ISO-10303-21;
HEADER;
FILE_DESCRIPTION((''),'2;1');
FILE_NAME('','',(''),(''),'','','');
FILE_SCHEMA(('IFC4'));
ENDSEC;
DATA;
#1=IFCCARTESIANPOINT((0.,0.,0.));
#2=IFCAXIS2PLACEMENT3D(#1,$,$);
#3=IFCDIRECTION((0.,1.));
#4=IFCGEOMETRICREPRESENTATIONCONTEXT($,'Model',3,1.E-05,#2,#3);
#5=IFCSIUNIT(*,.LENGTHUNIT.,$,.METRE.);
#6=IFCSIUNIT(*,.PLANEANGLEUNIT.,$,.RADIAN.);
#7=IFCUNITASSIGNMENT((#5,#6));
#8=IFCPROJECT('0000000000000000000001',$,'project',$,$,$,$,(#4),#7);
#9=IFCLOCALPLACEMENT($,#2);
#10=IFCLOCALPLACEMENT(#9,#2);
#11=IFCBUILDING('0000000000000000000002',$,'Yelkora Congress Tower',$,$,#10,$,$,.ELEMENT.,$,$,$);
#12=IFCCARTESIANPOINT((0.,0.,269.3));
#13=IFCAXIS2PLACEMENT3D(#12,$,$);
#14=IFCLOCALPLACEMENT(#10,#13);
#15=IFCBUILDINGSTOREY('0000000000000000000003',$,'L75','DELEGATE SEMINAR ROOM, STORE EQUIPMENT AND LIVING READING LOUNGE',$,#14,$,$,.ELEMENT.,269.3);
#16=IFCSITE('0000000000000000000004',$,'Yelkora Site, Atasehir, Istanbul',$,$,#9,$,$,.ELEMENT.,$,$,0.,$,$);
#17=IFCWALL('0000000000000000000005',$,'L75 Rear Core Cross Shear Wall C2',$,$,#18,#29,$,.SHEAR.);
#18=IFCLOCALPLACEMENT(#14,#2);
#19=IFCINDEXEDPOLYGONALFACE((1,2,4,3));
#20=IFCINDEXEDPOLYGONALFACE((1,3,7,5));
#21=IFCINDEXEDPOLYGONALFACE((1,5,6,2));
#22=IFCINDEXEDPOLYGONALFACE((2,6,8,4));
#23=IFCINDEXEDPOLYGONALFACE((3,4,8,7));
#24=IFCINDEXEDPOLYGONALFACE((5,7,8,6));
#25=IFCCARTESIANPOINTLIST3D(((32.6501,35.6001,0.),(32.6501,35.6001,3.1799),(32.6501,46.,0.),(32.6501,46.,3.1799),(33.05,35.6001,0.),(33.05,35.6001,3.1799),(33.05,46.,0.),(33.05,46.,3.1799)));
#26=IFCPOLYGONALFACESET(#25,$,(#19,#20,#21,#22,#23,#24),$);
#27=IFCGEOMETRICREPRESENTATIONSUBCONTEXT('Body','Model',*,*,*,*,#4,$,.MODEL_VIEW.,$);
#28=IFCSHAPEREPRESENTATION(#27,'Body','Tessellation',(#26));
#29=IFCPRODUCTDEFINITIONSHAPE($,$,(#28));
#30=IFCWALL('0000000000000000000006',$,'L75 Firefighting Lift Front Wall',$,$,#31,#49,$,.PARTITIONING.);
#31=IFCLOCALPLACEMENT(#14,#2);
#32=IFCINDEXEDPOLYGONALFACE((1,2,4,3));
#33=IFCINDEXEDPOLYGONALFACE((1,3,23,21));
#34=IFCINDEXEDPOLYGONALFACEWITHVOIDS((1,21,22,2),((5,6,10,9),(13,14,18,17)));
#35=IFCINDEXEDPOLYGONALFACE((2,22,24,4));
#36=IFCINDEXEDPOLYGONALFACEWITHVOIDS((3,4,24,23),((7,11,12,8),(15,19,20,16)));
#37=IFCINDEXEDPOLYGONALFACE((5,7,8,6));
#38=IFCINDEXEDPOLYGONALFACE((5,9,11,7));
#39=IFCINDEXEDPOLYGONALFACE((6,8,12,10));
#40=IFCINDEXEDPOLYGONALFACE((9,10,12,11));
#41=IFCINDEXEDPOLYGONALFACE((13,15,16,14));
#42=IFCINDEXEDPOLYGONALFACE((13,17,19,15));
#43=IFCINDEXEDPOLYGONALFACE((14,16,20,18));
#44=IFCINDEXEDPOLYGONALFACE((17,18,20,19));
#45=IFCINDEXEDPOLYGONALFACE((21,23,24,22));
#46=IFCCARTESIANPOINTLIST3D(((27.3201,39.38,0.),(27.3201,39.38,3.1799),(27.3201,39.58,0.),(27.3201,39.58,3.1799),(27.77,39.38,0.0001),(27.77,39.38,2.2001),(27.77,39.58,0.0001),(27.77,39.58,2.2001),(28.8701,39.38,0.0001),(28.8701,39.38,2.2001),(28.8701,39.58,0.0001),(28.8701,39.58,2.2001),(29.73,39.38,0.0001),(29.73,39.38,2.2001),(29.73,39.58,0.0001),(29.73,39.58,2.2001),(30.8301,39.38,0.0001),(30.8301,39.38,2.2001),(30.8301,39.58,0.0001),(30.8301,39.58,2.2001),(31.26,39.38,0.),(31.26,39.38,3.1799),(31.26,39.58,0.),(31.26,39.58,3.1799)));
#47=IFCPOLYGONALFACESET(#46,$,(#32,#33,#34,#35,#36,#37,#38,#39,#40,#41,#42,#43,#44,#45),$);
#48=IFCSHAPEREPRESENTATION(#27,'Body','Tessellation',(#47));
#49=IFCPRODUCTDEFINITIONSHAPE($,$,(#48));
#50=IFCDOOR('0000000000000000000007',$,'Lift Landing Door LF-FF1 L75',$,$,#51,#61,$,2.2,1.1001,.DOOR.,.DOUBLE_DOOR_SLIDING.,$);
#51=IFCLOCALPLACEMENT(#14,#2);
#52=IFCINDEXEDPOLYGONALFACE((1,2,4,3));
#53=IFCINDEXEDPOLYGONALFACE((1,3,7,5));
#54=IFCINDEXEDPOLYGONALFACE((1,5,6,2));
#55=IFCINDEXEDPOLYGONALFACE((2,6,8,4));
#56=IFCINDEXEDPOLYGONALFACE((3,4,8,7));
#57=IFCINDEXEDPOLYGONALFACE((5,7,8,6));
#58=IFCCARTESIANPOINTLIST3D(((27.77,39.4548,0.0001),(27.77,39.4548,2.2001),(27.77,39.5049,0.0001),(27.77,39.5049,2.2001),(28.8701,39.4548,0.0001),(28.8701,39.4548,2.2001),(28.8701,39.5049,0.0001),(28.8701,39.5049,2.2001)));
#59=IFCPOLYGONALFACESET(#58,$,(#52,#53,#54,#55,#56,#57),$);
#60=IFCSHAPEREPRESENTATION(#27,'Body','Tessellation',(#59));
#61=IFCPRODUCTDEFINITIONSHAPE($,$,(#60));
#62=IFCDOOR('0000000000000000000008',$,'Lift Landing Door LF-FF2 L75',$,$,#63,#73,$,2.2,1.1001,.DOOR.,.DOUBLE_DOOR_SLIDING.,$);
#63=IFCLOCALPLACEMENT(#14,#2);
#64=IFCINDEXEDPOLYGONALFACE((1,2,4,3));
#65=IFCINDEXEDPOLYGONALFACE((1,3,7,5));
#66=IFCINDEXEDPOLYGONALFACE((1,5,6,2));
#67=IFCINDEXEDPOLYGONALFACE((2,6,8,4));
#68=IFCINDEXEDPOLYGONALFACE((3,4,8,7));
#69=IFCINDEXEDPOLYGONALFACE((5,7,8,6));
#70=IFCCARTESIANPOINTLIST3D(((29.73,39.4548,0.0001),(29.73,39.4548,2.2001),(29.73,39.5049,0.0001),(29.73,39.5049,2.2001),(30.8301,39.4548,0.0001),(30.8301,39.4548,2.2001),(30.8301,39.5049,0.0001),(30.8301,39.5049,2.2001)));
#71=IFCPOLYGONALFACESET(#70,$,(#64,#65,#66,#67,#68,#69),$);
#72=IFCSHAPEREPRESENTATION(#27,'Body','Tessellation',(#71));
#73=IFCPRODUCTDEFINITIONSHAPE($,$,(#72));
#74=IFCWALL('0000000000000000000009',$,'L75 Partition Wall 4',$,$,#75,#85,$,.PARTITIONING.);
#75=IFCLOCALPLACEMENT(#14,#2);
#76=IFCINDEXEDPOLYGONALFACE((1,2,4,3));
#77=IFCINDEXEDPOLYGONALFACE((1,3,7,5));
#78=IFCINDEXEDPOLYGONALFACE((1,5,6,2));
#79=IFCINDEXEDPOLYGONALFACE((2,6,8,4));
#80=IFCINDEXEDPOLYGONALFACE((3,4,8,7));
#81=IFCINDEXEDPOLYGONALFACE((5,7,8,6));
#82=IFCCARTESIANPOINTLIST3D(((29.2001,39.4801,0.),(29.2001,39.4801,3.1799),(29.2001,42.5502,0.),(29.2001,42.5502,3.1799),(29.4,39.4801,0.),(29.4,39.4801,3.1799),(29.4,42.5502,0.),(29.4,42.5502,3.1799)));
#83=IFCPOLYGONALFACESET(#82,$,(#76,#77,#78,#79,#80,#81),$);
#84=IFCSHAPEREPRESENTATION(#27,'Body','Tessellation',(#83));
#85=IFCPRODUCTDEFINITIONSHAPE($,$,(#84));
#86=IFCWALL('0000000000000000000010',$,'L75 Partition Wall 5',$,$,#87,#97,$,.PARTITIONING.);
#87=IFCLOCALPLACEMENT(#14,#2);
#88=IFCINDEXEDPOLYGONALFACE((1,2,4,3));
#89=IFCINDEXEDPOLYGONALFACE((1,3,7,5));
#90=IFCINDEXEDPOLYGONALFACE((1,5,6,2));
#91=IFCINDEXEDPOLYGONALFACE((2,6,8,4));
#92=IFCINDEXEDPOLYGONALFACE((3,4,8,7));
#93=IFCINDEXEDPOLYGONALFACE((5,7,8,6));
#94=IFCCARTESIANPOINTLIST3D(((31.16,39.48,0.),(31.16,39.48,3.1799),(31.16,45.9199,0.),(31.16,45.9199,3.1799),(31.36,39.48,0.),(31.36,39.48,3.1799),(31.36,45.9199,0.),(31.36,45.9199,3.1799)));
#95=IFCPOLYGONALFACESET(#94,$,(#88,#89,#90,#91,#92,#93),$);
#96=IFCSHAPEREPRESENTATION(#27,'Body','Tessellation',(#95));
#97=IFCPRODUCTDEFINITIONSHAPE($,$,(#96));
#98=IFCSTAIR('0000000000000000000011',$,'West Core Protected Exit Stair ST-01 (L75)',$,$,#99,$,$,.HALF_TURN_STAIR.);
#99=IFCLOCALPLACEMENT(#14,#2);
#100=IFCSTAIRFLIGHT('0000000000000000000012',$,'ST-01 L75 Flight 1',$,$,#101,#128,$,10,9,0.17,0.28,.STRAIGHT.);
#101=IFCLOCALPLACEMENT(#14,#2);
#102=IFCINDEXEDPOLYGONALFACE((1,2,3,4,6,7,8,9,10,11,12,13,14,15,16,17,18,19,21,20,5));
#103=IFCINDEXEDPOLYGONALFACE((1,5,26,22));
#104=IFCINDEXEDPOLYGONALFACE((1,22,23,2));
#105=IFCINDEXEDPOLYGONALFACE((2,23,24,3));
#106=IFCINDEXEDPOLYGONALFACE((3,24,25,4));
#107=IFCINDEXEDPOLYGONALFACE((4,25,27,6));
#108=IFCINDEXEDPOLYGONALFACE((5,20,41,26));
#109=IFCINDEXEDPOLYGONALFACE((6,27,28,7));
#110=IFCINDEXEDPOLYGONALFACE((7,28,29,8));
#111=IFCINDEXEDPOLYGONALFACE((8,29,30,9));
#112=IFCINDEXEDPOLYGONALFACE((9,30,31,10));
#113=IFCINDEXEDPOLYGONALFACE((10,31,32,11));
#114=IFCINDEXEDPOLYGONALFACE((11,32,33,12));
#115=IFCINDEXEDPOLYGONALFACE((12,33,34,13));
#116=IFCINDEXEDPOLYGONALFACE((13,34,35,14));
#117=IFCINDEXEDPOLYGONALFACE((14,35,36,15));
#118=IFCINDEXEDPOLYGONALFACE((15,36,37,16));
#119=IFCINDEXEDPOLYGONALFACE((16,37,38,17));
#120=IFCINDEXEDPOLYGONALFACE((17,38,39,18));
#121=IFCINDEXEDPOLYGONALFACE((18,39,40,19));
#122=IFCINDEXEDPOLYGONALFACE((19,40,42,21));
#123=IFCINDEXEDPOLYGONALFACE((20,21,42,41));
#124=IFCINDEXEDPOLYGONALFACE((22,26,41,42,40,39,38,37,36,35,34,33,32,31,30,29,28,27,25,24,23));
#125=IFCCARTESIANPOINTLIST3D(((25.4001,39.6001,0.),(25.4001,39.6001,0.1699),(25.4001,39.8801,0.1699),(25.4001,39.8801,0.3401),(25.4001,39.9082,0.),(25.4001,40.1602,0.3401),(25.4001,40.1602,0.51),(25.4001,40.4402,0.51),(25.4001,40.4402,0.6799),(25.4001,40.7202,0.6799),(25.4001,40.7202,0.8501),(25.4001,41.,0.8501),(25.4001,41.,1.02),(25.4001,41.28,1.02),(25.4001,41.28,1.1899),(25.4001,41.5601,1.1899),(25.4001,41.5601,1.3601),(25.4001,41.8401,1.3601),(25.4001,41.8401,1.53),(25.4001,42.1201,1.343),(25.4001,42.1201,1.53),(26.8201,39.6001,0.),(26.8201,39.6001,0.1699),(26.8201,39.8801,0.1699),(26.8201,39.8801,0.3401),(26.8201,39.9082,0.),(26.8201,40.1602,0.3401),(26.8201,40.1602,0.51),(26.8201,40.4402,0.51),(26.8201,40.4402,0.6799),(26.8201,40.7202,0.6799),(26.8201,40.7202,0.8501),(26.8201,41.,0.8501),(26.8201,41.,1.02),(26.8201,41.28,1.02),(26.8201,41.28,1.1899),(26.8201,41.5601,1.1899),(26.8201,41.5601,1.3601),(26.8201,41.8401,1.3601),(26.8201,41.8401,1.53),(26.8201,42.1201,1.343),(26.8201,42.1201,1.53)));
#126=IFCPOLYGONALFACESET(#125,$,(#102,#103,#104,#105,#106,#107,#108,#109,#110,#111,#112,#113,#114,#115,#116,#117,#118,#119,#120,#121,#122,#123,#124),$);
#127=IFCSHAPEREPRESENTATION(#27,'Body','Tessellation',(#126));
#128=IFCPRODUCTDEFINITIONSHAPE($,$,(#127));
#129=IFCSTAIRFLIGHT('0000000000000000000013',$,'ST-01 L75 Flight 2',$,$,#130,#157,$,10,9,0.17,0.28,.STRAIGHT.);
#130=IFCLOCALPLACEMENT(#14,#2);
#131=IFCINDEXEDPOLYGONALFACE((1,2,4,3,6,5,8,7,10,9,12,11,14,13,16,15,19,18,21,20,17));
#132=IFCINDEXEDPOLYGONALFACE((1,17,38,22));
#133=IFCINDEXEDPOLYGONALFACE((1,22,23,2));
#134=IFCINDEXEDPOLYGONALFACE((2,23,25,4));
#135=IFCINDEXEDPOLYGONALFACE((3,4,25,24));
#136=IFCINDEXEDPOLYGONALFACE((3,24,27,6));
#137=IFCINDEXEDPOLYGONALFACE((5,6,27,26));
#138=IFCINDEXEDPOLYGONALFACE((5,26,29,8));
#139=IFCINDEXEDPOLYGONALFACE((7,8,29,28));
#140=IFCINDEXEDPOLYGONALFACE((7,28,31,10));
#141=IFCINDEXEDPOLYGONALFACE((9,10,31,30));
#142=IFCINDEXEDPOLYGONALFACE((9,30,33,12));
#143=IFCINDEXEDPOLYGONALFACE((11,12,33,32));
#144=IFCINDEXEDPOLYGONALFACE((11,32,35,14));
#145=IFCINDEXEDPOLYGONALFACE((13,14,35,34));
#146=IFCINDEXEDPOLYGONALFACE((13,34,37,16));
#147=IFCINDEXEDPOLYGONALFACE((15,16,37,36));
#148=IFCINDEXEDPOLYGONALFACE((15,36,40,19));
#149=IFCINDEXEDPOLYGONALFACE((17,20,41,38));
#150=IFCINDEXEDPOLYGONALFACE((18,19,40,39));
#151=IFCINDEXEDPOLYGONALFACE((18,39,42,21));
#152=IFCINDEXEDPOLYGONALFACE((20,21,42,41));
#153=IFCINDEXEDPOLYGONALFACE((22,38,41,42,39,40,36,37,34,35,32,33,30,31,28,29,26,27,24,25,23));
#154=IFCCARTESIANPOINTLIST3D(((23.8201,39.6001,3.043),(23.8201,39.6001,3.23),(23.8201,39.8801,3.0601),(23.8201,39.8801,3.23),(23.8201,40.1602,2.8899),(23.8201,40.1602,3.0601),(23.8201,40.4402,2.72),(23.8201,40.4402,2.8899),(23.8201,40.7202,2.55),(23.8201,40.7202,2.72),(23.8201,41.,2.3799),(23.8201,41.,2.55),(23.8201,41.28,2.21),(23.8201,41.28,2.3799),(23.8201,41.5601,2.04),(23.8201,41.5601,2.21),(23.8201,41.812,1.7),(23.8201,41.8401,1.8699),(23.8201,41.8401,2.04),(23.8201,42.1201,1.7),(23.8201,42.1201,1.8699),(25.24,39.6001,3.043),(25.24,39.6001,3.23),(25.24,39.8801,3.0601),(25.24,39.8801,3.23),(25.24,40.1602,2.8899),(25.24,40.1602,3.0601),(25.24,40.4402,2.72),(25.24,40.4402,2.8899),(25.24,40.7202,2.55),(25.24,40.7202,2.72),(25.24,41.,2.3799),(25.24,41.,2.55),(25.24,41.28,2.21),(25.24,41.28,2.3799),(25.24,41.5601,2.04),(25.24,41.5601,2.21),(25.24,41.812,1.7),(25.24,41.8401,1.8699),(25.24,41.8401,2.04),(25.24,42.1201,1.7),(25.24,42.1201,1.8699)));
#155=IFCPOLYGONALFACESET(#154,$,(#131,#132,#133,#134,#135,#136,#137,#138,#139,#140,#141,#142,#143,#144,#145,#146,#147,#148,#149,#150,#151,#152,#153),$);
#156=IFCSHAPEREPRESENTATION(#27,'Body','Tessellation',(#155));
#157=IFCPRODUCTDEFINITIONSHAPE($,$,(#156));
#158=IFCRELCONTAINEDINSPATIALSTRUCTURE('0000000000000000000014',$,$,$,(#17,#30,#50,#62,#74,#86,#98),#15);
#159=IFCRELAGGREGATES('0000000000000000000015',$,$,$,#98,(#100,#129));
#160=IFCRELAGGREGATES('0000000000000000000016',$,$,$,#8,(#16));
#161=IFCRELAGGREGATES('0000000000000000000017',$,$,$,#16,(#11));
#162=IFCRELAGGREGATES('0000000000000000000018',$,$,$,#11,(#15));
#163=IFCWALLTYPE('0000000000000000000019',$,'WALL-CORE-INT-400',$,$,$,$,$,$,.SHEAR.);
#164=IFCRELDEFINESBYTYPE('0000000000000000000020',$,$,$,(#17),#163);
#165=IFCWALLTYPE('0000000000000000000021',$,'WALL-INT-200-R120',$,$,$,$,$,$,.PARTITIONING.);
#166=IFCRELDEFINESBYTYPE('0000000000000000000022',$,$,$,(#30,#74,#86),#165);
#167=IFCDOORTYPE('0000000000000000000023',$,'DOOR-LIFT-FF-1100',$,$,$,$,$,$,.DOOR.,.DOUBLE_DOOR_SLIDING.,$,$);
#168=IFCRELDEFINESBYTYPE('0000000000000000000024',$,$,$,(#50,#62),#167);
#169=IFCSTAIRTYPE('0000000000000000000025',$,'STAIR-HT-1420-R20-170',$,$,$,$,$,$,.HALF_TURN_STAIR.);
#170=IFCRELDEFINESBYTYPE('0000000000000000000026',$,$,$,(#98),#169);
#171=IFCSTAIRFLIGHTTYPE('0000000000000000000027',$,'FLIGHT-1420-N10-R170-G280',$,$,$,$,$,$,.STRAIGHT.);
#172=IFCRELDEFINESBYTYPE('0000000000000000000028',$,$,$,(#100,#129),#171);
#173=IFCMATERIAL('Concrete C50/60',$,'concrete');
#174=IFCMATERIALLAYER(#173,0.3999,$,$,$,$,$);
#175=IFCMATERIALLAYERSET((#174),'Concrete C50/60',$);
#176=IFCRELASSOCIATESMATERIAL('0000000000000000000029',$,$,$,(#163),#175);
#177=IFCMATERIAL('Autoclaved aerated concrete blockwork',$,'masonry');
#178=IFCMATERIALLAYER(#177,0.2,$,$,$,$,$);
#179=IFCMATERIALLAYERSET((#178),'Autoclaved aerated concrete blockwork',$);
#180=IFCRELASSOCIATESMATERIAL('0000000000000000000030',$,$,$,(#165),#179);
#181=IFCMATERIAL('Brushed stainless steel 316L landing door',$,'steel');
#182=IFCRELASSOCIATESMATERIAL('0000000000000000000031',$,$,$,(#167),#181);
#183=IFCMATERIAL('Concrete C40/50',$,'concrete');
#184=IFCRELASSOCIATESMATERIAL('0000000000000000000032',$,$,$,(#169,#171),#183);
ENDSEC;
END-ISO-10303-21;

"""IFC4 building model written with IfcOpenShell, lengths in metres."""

from ifc_helpers import new_model, si_unit, direction, frame, frame_2d, origin, place, context, subcontext, project, spatial, polyline, rectangle, outline, extrude, material, layer, layer_set, type_object, element, fill, aggregate, save


model = new_model("IFC4")

# Units and contexts
model_context = context("Model", 3, precision=1e-05, world=origin(), true_north=direction((0.0, 1.0)))
body_context = subcontext(model_context, "Body", "Model", "MODEL_VIEW")
ifc_project = project(units=[si_unit("LENGTHUNIT", "METRE"), si_unit("PLANEANGLEUNIT", "RADIAN")], contexts=[model_context])

# Site, building, storey
site_placement = place(None, origin())
site = spatial("IfcSite", under=ifc_project, at=site_placement, Name="Yelkora Site, Atasehir, Istanbul", CompositionType="ELEMENT", RefElevation=0.0)
building_placement = place(site_placement, origin())
building = spatial("IfcBuilding", under=site, at=building_placement, Name="Yelkora Congress Tower", CompositionType="ELEMENT")
storey_placement = place(building_placement, frame((0.0, 0.0, 269.3)))
storey = spatial("IfcBuildingStorey", under=building, at=storey_placement, Name="L75", Description="DELEGATE SEMINAR ROOM, STORE EQUIPMENT AND LIVING READING LOUNGE", CompositionType="ELEMENT", Elevation=269.3)

# Shared definitions
ifc_material_1 = material(Name="Concrete C50/60", Category="concrete")
ifc_layer_1 = layer(ifc_material_1, 0.3999)
ifc_layer_set_1 = layer_set([ifc_layer_1], Name="Concrete C50/60")
wall_type_1 = type_object("IfcWallType", Name="WALL-CORE-INT-400", PredefinedType="SHEAR", material=ifc_layer_set_1)

# Wall
wall_1_placement = place(storey_placement, frame((32.8501, 35.6001, 0.0), z_axis=(0.0, 0.0, 1.0), x_axis=(0.0, 1.0, 0.0)))
element("IfcWall", 1, at=wall_1_placement, inside=storey, type_object=wall_type_1, Name="L75 Rear Core Cross Shear Wall C2", PredefinedType="SHEAR", context=body_context, shape_type="SweptSolid", body=[
    extrude(rectangle(XDim=10.3999, YDim=0.3999, at=frame_2d((5.2, 0.0))), origin(), (0.0, 0.0, 1.0), 3.1799),
])

# Shared definitions
ifc_material_2 = material(Name="Autoclaved aerated concrete blockwork", Category="masonry")
ifc_layer_2 = layer(ifc_material_2, 0.2)
ifc_layer_set_2 = layer_set([ifc_layer_2], Name="Autoclaved aerated concrete blockwork")
wall_type_2 = type_object("IfcWallType", Name="WALL-INT-200-R120", PredefinedType="PARTITIONING", material=ifc_layer_set_2)

# Wall, openings, doors
wall_2_placement = place(storey_placement, frame((27.3201, 39.48, 0.0), z_axis=(0.0, 0.0, 1.0), x_axis=(1.0, 0.0, 0.0)))
wall_2 = element("IfcWall", 2, at=wall_2_placement, inside=storey, type_object=wall_type_2, Name="L75 Firefighting Lift Front Wall", PredefinedType="PARTITIONING", context=body_context, shape_type="SweptSolid", body=[
    extrude(rectangle(XDim=3.9399, YDim=0.2, at=frame_2d((1.97, 0.0))), origin(), (0.0, 0.0, 1.0), 3.1799),
])
opening_1_placement = place(wall_2_placement, frame((0.45, 0.0, 0.0)))
opening_1 = element("IfcOpeningElement", 3, at=opening_1_placement, cuts=wall_2, PredefinedType="OPENING", context=body_context, shape_type="SweptSolid", body=[
    extrude(rectangle(XDim=1.1001, YDim=2.2, at=frame_2d((0.55, 1.1001))), frame((0.0, 0.1099, 0.0), z_axis=(0.0, -1.0, 0.0), x_axis=(1.0, 0.0, 0.0)), (0.0, 0.0, 1.0), 0.22),
])
opening_2_placement = place(wall_2_placement, frame((2.4099, 0.0, 0.0)))
opening_2 = element("IfcOpeningElement", 4, at=opening_2_placement, cuts=wall_2, PredefinedType="OPENING", context=body_context, shape_type="SweptSolid", body=[
    extrude(rectangle(XDim=1.1001, YDim=2.2, at=frame_2d((0.55, 1.1001))), frame((0.0, 0.1099, 0.0), z_axis=(0.0, -1.0, 0.0), x_axis=(1.0, 0.0, 0.0)), (0.0, 0.0, 1.0), 0.22),
])
ifc_material_3 = material(Name="Brushed stainless steel 316L landing door", Category="steel")
door_type_1 = type_object("IfcDoorType", Name="DOOR-LIFT-FF-1100", OperationType="DOUBLE_DOOR_SLIDING", PredefinedType="DOOR", material=ifc_material_3)
door_1_placement = place(opening_1_placement, origin())
door_1 = element("IfcDoor", 5, at=door_1_placement, inside=storey, type_object=door_type_1, Name="Lift Landing Door LF-FF1 L75", OperationType="DOUBLE_DOOR_SLIDING", OverallHeight=2.2, OverallWidth=1.1001, PredefinedType="DOOR", context=body_context, shape_type="SweptSolid", body=[
    extrude(rectangle(XDim=1.1001, YDim=2.2, at=frame_2d((0.55, 1.1001))), frame((0.0, 0.0249, 0.0), z_axis=(0.0, -1.0, 0.0), x_axis=(1.0, 0.0, 0.0)), (0.0, 0.0, 1.0), 0.05),
])
fill(opening_1, door_1)
door_2_placement = place(opening_2_placement, origin())
door_2 = element("IfcDoor", 6, at=door_2_placement, inside=storey, type_object=door_type_1, Name="Lift Landing Door LF-FF2 L75", OperationType="DOUBLE_DOOR_SLIDING", OverallHeight=2.2, OverallWidth=1.1001, PredefinedType="DOOR", context=body_context, shape_type="SweptSolid", body=[
    extrude(rectangle(XDim=1.1001, YDim=2.2, at=frame_2d((0.55, 1.1001))), frame((0.0, 0.0249, 0.0), z_axis=(0.0, -1.0, 0.0), x_axis=(1.0, 0.0, 0.0)), (0.0, 0.0, 1.0), 0.05),
])
fill(opening_2, door_2)

# Walls
wall_3_placement = place(storey_placement, frame((29.3, 39.48, 0.0), z_axis=(0.0, 0.0, 1.0), x_axis=(0.0, 1.0, 0.0)))
element("IfcWall", 7, at=wall_3_placement, inside=storey, type_object=wall_type_2, Name="L75 Partition Wall 4", PredefinedType="PARTITIONING", context=body_context, shape_type="SweptSolid", body=[
    extrude(rectangle(XDim=3.0701, YDim=0.2, at=frame_2d((1.5352, 0.0))), origin(), (0.0, 0.0, 1.0), 3.1799),
])
wall_4_placement = place(storey_placement, frame((31.26, 39.48, 0.0), z_axis=(0.0, 0.0, 1.0), x_axis=(0.0, 1.0, 0.0)))
element("IfcWall", 8, at=wall_4_placement, inside=storey, type_object=wall_type_2, Name="L75 Partition Wall 5", PredefinedType="PARTITIONING", context=body_context, shape_type="SweptSolid", body=[
    extrude(rectangle(XDim=6.4399, YDim=0.2, at=frame_2d((3.22, 0.0))), origin(), (0.0, 0.0, 1.0), 3.1799),
])

# Stair, stair flights
ifc_material_4 = material(Name="Concrete C40/50", Category="concrete")
stair_type = type_object("IfcStairType", Name="STAIR-HT-1420-R20-170", PredefinedType="HALF_TURN_STAIR", material=ifc_material_4)
stair_placement = place(storey_placement, origin())
stair = element("IfcStair", 9, at=stair_placement, inside=storey, type_object=stair_type, Name="West Core Protected Exit Stair ST-01 (L75)", PredefinedType="HALF_TURN_STAIR")
stair_flight_type = type_object("IfcStairFlightType", Name="FLIGHT-1420-N10-R170-G280", PredefinedType="STRAIGHT", material=ifc_material_4)
stair_flight_1_placement = place(storey_placement, frame((26.1101, 39.6001, 0.0), z_axis=(0.0, 0.0, 1.0), x_axis=(0.0, 1.0, 0.0)))
stair_flight_1 = element("IfcStairFlight", 10, at=stair_flight_1_placement, type_object=stair_flight_type, Name="ST-01 L75 Flight 1", NumberOfRisers=10, NumberOfTreads=9, PredefinedType="STRAIGHT", RiserHeight=0.17, TreadLength=0.28, context=body_context, shape_type="SweptSolid", body=[
    extrude(outline(polyline([(0.0, 0.0), (0.0, 0.1699), (0.28, 0.1699), (0.28, 0.3401), (0.5601, 0.3401), (0.5601, 0.51), (0.8401, 0.51), (0.8401, 0.6799), (1.1201, 0.6799), (1.1201, 0.8501), (1.3999, 0.8501), (1.3999, 1.02), (1.6799, 1.02), (1.6799, 1.1899), (1.96, 1.1899), (1.96, 1.3601), (2.24, 1.3601), (2.24, 1.53), (2.52, 1.53), (2.52, 1.7), (2.52, 1.343), (0.3081, 0.0), (0.0, 0.0)])), frame((0.0, 0.71, 0.0), z_axis=(0.0, -1.0, 0.0), x_axis=(1.0, 0.0, 0.0)), (0.0, 0.0, 1.0), 1.4199),
])
stair_flight_2_placement = place(storey_placement, frame((24.53, 42.1201, 1.7), z_axis=(0.0, 0.0, 1.0), x_axis=(0.0, -1.0, 0.0)))
stair_flight_2 = element("IfcStairFlight", 11, at=stair_flight_2_placement, type_object=stair_flight_type, Name="ST-01 L75 Flight 2", NumberOfRisers=10, NumberOfTreads=9, PredefinedType="STRAIGHT", RiserHeight=0.17, TreadLength=0.28, context=body_context, shape_type="SweptSolid", body=[
    extrude(outline(polyline([(0.0, 0.0), (0.0, 0.1699), (0.28, 0.1699), (0.28, 0.3401), (0.5601, 0.3401), (0.5601, 0.51), (0.8401, 0.51), (0.8401, 0.6799), (1.1201, 0.6799), (1.1201, 0.8501), (1.3999, 0.8501), (1.3999, 1.02), (1.6799, 1.02), (1.6799, 1.1899), (1.96, 1.1899), (1.96, 1.3601), (2.24, 1.3601), (2.24, 1.53), (2.52, 1.53), (2.52, 1.7), (2.52, 1.343), (0.3081, 0.0), (0.0, 0.0)])), frame((0.0, 0.71, 0.0), z_axis=(0.0, -1.0, 0.0), x_axis=(1.0, 0.0, 0.0)), (0.0, 0.0, 1.0), 1.4199),
])
aggregate(stair, [stair_flight_1, stair_flight_2])

save(model, "model.ifc")
